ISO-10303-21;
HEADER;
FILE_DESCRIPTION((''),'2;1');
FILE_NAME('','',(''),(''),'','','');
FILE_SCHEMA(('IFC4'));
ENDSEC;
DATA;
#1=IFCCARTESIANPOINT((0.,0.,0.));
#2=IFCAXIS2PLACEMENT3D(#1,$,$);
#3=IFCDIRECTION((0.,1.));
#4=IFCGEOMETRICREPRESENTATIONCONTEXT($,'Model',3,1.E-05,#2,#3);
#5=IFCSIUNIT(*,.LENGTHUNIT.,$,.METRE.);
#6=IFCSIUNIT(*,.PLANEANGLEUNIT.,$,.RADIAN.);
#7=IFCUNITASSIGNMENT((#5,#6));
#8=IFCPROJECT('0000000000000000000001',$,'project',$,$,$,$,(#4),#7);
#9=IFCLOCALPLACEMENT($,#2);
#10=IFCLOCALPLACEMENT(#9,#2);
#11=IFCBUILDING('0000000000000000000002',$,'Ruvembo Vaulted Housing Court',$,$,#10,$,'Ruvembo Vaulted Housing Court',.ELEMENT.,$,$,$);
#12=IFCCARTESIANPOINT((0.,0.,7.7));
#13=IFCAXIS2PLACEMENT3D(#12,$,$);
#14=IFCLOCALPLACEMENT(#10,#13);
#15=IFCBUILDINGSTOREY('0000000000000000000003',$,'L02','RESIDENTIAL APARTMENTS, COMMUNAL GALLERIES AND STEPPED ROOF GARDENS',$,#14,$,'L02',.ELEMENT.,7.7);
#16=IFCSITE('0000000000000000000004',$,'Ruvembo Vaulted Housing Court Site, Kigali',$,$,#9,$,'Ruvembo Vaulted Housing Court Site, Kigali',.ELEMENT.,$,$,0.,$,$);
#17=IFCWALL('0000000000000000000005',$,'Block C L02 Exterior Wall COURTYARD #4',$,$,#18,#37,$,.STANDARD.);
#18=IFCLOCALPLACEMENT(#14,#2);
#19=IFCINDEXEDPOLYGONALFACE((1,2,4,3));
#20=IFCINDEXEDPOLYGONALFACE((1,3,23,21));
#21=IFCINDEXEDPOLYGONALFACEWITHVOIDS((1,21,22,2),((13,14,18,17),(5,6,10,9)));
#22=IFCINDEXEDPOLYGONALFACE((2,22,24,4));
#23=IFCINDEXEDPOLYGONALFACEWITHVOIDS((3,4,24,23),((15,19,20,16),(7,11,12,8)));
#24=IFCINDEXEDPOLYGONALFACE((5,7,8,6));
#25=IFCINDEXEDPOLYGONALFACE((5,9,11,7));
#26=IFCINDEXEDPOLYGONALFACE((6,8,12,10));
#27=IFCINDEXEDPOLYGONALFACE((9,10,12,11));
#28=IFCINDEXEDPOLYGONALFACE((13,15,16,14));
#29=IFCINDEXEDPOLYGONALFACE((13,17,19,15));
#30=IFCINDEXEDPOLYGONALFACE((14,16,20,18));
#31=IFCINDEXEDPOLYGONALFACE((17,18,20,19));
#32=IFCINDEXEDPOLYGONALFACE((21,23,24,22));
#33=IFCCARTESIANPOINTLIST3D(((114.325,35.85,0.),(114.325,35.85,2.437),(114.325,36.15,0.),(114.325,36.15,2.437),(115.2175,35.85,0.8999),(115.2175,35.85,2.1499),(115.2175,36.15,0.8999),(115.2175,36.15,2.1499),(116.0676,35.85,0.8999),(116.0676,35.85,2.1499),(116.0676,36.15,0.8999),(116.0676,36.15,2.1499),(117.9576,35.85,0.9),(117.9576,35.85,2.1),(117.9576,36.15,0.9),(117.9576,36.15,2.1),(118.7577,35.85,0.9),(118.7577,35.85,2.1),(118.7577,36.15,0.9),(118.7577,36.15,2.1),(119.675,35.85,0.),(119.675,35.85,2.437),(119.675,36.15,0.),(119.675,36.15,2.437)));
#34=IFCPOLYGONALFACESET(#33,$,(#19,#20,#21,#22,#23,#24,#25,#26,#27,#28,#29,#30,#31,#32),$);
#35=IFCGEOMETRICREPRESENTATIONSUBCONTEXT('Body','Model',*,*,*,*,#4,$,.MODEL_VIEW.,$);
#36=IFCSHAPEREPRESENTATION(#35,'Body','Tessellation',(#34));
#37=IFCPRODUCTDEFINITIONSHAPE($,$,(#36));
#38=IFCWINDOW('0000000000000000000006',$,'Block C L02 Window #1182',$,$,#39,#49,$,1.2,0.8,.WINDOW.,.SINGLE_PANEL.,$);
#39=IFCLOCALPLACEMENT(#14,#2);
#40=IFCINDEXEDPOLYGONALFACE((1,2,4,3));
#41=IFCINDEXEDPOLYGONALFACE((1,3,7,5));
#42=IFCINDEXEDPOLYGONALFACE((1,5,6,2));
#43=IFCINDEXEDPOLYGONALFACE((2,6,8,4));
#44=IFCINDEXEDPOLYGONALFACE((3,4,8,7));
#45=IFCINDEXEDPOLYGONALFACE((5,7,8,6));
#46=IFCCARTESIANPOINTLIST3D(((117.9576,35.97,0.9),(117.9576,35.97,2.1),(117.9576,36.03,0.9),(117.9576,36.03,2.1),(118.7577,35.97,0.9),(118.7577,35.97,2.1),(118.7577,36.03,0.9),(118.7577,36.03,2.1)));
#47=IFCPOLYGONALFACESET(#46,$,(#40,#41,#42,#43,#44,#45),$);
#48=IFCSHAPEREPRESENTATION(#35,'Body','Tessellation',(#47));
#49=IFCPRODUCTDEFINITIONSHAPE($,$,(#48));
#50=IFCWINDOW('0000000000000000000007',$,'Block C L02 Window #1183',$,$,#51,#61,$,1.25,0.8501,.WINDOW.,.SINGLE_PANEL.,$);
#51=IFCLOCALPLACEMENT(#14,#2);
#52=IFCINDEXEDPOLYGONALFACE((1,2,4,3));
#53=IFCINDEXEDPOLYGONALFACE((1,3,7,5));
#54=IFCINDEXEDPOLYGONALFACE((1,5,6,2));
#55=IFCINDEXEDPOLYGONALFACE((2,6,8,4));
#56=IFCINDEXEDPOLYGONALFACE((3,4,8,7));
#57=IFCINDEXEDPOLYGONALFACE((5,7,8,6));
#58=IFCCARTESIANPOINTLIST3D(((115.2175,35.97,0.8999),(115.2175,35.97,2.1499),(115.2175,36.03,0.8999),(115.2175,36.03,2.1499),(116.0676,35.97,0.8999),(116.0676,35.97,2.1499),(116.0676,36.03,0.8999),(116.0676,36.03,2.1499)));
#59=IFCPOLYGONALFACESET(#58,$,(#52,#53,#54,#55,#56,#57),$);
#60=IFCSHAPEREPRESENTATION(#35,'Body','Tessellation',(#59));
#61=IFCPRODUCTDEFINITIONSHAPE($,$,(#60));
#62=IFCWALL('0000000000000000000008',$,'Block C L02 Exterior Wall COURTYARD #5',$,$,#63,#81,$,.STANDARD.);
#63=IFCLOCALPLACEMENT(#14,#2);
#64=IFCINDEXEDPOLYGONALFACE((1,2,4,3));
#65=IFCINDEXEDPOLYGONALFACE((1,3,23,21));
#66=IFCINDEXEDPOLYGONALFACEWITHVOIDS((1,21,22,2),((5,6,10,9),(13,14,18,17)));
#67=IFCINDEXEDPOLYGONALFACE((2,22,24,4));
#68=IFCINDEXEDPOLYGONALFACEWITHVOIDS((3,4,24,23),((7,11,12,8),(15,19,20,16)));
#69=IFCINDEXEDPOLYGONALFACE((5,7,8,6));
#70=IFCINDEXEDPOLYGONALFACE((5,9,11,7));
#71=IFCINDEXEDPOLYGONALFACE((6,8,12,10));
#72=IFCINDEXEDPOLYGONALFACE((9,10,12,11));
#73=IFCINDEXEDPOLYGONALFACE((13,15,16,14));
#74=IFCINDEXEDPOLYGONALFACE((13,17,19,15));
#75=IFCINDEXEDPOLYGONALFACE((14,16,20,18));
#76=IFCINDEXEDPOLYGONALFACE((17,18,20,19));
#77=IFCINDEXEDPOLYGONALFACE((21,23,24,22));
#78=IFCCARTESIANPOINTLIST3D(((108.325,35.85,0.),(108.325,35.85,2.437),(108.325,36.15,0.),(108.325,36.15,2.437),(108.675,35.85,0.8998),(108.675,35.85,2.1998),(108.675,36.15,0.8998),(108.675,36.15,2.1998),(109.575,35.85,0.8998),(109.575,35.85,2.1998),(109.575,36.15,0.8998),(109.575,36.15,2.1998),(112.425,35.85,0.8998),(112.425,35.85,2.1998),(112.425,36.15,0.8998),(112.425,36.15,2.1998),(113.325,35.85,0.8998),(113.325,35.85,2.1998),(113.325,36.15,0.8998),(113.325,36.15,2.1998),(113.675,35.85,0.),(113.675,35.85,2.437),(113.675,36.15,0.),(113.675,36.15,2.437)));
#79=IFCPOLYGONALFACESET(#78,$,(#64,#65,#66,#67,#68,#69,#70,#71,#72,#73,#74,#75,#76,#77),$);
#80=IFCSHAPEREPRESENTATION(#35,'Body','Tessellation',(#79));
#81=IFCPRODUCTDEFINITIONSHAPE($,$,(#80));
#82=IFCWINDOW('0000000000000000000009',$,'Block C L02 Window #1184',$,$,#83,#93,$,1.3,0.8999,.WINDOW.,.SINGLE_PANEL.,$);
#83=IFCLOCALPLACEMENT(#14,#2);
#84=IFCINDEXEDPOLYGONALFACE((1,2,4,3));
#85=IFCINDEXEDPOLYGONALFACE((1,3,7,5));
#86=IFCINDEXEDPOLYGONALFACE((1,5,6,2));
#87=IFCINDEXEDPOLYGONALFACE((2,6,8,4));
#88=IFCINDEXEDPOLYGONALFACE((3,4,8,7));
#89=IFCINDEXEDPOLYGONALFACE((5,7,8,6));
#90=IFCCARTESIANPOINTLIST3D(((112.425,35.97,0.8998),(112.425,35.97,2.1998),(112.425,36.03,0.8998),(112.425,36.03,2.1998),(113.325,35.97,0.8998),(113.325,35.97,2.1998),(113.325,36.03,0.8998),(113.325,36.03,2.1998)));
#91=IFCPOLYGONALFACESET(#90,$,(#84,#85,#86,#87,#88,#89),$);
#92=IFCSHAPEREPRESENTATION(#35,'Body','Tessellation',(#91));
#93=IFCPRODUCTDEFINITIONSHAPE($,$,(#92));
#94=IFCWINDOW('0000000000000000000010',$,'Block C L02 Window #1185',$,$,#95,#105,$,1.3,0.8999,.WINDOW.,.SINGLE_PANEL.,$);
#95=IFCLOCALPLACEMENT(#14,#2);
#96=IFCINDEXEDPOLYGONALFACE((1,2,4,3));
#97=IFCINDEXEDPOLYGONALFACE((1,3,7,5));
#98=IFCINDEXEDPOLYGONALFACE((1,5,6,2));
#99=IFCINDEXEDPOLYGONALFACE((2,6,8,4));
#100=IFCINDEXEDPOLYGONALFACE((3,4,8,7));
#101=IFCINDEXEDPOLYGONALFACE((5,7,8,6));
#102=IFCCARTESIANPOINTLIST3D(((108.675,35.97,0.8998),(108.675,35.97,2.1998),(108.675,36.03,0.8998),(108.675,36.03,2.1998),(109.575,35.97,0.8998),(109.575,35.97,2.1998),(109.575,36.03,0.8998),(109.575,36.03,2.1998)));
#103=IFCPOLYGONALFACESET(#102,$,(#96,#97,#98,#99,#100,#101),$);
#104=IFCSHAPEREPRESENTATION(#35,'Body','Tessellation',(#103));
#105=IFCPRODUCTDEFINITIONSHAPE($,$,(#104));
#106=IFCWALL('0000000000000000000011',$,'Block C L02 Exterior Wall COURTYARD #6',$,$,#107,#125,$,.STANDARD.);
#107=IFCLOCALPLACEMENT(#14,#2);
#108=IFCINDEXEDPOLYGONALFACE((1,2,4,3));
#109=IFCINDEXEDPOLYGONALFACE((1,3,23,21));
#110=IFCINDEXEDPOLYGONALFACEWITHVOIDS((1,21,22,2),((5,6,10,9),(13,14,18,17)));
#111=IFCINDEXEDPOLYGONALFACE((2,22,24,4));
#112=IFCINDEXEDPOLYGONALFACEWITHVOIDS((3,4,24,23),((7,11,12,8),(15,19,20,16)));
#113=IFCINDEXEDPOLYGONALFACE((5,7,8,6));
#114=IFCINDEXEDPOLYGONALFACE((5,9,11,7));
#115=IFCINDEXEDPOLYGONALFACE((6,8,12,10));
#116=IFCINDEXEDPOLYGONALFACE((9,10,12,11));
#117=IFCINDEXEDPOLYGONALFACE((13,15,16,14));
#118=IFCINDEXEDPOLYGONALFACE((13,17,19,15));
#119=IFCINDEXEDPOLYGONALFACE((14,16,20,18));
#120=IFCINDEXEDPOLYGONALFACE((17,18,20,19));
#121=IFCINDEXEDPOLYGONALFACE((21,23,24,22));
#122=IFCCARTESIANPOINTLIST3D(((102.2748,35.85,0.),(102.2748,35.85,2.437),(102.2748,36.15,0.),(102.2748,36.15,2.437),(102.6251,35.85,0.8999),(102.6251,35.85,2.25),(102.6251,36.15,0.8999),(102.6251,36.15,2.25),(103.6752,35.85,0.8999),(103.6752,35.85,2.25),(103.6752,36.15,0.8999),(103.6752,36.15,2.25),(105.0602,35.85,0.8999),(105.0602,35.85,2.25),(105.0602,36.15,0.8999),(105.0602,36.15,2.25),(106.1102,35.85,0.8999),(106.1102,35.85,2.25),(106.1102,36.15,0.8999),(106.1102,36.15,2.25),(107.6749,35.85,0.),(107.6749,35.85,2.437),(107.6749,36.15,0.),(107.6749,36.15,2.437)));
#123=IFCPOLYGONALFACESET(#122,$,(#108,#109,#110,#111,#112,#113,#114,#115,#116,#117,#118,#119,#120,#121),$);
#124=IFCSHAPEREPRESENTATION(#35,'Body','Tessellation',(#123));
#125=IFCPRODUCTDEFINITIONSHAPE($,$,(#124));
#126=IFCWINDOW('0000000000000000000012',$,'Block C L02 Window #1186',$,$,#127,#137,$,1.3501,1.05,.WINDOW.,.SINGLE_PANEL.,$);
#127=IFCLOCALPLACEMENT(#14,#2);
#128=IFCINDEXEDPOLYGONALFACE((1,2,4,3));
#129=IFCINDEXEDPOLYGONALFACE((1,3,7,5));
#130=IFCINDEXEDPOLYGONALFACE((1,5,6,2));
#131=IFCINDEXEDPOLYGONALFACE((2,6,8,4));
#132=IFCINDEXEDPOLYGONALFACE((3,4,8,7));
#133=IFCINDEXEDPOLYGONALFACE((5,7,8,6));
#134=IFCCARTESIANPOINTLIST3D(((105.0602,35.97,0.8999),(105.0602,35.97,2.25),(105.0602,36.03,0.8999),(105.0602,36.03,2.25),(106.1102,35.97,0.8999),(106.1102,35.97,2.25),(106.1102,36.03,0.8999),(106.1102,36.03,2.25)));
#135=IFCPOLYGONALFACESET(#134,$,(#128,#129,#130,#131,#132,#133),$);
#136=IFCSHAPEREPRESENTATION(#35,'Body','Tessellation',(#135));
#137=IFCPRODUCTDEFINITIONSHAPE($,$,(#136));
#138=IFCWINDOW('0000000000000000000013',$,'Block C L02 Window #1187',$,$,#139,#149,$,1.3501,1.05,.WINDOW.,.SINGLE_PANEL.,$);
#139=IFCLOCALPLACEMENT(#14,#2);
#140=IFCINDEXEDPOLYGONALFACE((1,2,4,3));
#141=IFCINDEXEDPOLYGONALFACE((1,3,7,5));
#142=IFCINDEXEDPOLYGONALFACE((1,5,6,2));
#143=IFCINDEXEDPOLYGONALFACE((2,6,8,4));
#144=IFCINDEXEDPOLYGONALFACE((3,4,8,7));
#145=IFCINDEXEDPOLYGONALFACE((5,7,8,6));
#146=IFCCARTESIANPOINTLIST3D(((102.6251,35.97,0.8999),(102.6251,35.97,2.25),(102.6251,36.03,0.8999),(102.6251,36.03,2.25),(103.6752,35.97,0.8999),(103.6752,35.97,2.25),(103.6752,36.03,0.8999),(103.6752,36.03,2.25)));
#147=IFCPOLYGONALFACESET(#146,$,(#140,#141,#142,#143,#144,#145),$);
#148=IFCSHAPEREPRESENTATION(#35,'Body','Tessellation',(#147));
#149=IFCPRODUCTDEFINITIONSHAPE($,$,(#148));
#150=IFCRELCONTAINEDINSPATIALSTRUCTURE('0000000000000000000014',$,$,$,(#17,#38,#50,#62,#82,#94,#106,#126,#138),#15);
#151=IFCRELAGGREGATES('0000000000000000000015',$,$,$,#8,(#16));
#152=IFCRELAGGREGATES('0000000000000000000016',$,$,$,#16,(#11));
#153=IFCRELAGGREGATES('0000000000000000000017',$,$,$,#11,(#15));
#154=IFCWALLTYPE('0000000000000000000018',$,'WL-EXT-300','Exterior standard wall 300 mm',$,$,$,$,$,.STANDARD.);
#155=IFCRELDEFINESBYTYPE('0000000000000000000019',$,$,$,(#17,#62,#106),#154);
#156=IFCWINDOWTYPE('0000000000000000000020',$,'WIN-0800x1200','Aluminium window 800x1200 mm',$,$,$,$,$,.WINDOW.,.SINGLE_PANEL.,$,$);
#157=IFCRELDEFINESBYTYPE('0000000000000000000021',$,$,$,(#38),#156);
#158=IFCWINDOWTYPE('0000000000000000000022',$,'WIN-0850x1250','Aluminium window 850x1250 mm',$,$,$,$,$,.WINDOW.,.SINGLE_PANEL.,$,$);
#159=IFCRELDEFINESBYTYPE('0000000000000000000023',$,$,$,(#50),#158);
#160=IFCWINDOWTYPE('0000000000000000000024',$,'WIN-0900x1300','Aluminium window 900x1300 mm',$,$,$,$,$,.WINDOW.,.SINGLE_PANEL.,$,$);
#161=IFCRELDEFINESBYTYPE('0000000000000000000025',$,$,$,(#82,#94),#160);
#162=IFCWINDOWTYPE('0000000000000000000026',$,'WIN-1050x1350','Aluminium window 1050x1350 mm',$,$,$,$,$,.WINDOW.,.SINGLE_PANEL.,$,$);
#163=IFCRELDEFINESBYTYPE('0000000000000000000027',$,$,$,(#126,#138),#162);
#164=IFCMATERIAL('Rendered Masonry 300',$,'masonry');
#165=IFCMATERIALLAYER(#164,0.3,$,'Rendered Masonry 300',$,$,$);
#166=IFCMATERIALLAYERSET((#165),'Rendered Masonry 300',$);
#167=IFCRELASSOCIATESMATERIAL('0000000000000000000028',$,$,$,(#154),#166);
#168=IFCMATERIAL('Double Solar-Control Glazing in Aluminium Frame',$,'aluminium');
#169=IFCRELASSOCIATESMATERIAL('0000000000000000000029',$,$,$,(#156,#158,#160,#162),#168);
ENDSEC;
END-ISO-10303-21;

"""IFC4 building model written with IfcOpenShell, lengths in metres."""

from ifc_helpers import new_model, si_unit, direction, frame, frame_2d, origin, place, context, subcontext, project, spatial, rectangle, extrude, material, layer, layer_set, type_object, element, fill, save


model = new_model("IFC4")

# Units and contexts
model_context = context("Model", 3, precision=1e-05, world=origin(), true_north=direction((0.0, 1.0)))
body_context = subcontext(model_context, "Body", "Model", "MODEL_VIEW")
ifc_project = project(units=[si_unit("LENGTHUNIT", "METRE"), si_unit("PLANEANGLEUNIT", "RADIAN")], contexts=[model_context])

# Site, building, storey
site_placement = place(None, origin())
site = spatial("IfcSite", under=ifc_project, at=site_placement, Name="Ruvembo Vaulted Housing Court Site, Kigali", LongName="Ruvembo Vaulted Housing Court Site, Kigali", CompositionType="ELEMENT", RefElevation=0.0)
building_placement = place(site_placement, origin())
building = spatial("IfcBuilding", under=site, at=building_placement, Name="Ruvembo Vaulted Housing Court", LongName="Ruvembo Vaulted Housing Court", CompositionType="ELEMENT")
storey_placement = place(building_placement, frame((0.0, 0.0, 7.7)))
storey = spatial("IfcBuildingStorey", under=building, at=storey_placement, Name="L02", Description="RESIDENTIAL APARTMENTS, COMMUNAL GALLERIES AND STEPPED ROOF GARDENS", LongName="L02", CompositionType="ELEMENT", Elevation=7.7)

# Walls, openings, windows
ifc_material_1 = material(Name="Rendered Masonry 300", Category="masonry")
ifc_layer_1 = layer(ifc_material_1, 0.3, Name="Rendered Masonry 300")
ifc_layer_set_1 = layer_set([ifc_layer_1], Name="Rendered Masonry 300")
wall_type_1 = type_object("IfcWallType", Name="WL-EXT-300", Description="Exterior standard wall 300 mm", PredefinedType="STANDARD", material=ifc_layer_set_1)
wall_1_placement = place(storey_placement, frame((119.675, 36.0, 0.0), z_axis=(0.0, 0.0, 1.0), x_axis=(-1.0, 0.0, 0.0)))
wall_1 = element("IfcWall", 1, at=wall_1_placement, inside=storey, type_object=wall_type_1, Name="Block C L02 Exterior Wall COURTYARD #4", PredefinedType="STANDARD", context=body_context, shape_type="SweptSolid", body=[
    extrude(rectangle(XDim=5.3501, YDim=0.3, at=frame_2d((2.675, 0.0))), origin(), (0.0, 0.0, 1.0), 2.437),
])
opening_1_placement = place(wall_1_placement, frame((0.9175, 0.0, 0.8999)))
opening_1 = element("IfcOpeningElement", 2, at=opening_1_placement, cuts=wall_1, PredefinedType="OPENING", context=body_context, shape_type="SweptSolid", body=[
    extrude(rectangle(XDim=0.8, YDim=1.2, at=frame_2d((0.3999, 0.6001))), frame((0.0, 0.1599, 0.0), z_axis=(0.0, -1.0, 0.0), x_axis=(1.0, 0.0, 0.0)), (0.0, 0.0, 1.0), 0.3201),
])
opening_2_placement = place(wall_1_placement, frame((3.6074, 0.0, 0.8999)))
opening_2 = element("IfcOpeningElement", 3, at=opening_2_placement, cuts=wall_1, PredefinedType="OPENING", context=body_context, shape_type="SweptSolid", body=[
    extrude(rectangle(XDim=0.8501, YDim=1.25, at=frame_2d((0.425, 0.625))), frame((0.0, 0.1599, 0.0), z_axis=(0.0, -1.0, 0.0), x_axis=(1.0, 0.0, 0.0)), (0.0, 0.0, 1.0), 0.3201),
])
ifc_material_2 = material(Name="Double Solar-Control Glazing in Aluminium Frame", Category="aluminium")
window_type_1 = type_object("IfcWindowType", Name="WIN-0800x1200", Description="Aluminium window 800x1200 mm", PartitioningType="SINGLE_PANEL", PredefinedType="WINDOW", material=ifc_material_2)
window_1_placement = place(opening_1_placement, origin())
window_1 = element("IfcWindow", 4, at=window_1_placement, inside=storey, type_object=window_type_1, Name="Block C L02 Window #1182", OverallHeight=1.2, OverallWidth=0.8, PartitioningType="SINGLE_PANEL", PredefinedType="WINDOW", context=body_context, shape_type="SweptSolid", body=[
    extrude(rectangle(XDim=0.8, YDim=1.2, at=frame_2d((0.3999, 0.6001))), frame((0.0, 0.03, 0.0), z_axis=(0.0, -1.0, 0.0), x_axis=(1.0, 0.0, 0.0)), (0.0, 0.0, 1.0), 0.0601),
])
fill(opening_1, window_1)
window_type_2 = type_object("IfcWindowType", Name="WIN-0850x1250", Description="Aluminium window 850x1250 mm", PartitioningType="SINGLE_PANEL", PredefinedType="WINDOW", material=ifc_material_2)
window_2_placement = place(opening_2_placement, origin())
window_2 = element("IfcWindow", 5, at=window_2_placement, inside=storey, type_object=window_type_2, Name="Block C L02 Window #1183", OverallHeight=1.25, OverallWidth=0.8501, PartitioningType="SINGLE_PANEL", PredefinedType="WINDOW", context=body_context, shape_type="SweptSolid", body=[
    extrude(rectangle(XDim=0.8501, YDim=1.25, at=frame_2d((0.425, 0.625))), frame((0.0, 0.03, 0.0), z_axis=(0.0, -1.0, 0.0), x_axis=(1.0, 0.0, 0.0)), (0.0, 0.0, 1.0), 0.0601),
])
fill(opening_2, window_2)
wall_2_placement = place(storey_placement, frame((113.675, 36.0, 0.0), z_axis=(0.0, 0.0, 1.0), x_axis=(-1.0, 0.0, 0.0)))
wall_2 = element("IfcWall", 6, at=wall_2_placement, inside=storey, type_object=wall_type_1, Name="Block C L02 Exterior Wall COURTYARD #5", PredefinedType="STANDARD", context=body_context, shape_type="SweptSolid", body=[
    extrude(rectangle(XDim=5.3501, YDim=0.3, at=frame_2d((2.675, 0.0))), origin(), (0.0, 0.0, 1.0), 2.437),
])
opening_3_placement = place(wall_2_placement, frame((0.3501, 0.0, 0.8999)))
opening_3 = element("IfcOpeningElement", 7, at=opening_3_placement, cuts=wall_2, PredefinedType="OPENING", context=body_context, shape_type="SweptSolid", body=[
    extrude(rectangle(XDim=0.8999, YDim=1.3, at=frame_2d((0.45, 0.6499))), frame((0.0, 0.1599, 0.0), z_axis=(0.0, -1.0, 0.0), x_axis=(1.0, 0.0, 0.0)), (0.0, 0.0, 1.0), 0.3201),
])
opening_4_placement = place(wall_2_placement, frame((4.1001, 0.0, 0.8999)))
opening_4 = element("IfcOpeningElement", 8, at=opening_4_placement, cuts=wall_2, PredefinedType="OPENING", context=body_context, shape_type="SweptSolid", body=[
    extrude(rectangle(XDim=0.8999, YDim=1.3, at=frame_2d((0.45, 0.6499))), frame((0.0, 0.1599, 0.0), z_axis=(0.0, -1.0, 0.0), x_axis=(1.0, 0.0, 0.0)), (0.0, 0.0, 1.0), 0.3201),
])
window_type_3 = type_object("IfcWindowType", Name="WIN-0900x1300", Description="Aluminium window 900x1300 mm", PartitioningType="SINGLE_PANEL", PredefinedType="WINDOW", material=ifc_material_2)
window_3_placement = place(opening_3_placement, origin())
window_3 = element("IfcWindow", 9, at=window_3_placement, inside=storey, type_object=window_type_3, Name="Block C L02 Window #1184", OverallHeight=1.3, OverallWidth=0.8999, PartitioningType="SINGLE_PANEL", PredefinedType="WINDOW", context=body_context, shape_type="SweptSolid", body=[
    extrude(rectangle(XDim=0.8999, YDim=1.3, at=frame_2d((0.45, 0.6499))), frame((0.0, 0.03, 0.0), z_axis=(0.0, -1.0, 0.0), x_axis=(1.0, 0.0, 0.0)), (0.0, 0.0, 1.0), 0.0601),
])
fill(opening_3, window_3)
window_4_placement = place(opening_4_placement, origin())
window_4 = element("IfcWindow", 10, at=window_4_placement, inside=storey, type_object=window_type_3, Name="Block C L02 Window #1185", OverallHeight=1.3, OverallWidth=0.8999, PartitioningType="SINGLE_PANEL", PredefinedType="WINDOW", context=body_context, shape_type="SweptSolid", body=[
    extrude(rectangle(XDim=0.8999, YDim=1.3, at=frame_2d((0.45, 0.6499))), frame((0.0, 0.03, 0.0), z_axis=(0.0, -1.0, 0.0), x_axis=(1.0, 0.0, 0.0)), (0.0, 0.0, 1.0), 0.0601),
])
fill(opening_4, window_4)
wall_3_placement = place(storey_placement, frame((107.675, 36.0, 0.0), z_axis=(0.0, 0.0, 1.0), x_axis=(-1.0, 0.0, 0.0)))
wall_3 = element("IfcWall", 11, at=wall_3_placement, inside=storey, type_object=wall_type_1, Name="Block C L02 Exterior Wall COURTYARD #6", PredefinedType="STANDARD", context=body_context, shape_type="SweptSolid", body=[
    extrude(rectangle(XDim=5.4001, YDim=0.3, at=frame_2d((2.7002, 0.0))), origin(), (0.0, 0.0, 1.0), 2.437),
])
opening_5_placement = place(wall_3_placement, frame((1.5649, 0.0, 0.8999)))
opening_5 = element("IfcOpeningElement", 12, at=opening_5_placement, cuts=wall_3, PredefinedType="OPENING", context=body_context, shape_type="SweptSolid", body=[
    extrude(rectangle(XDim=1.05, YDim=1.3501, at=frame_2d((0.5249, 0.675))), frame((0.0, 0.1599, 0.0), z_axis=(0.0, -1.0, 0.0), x_axis=(1.0, 0.0, 0.0)), (0.0, 0.0, 1.0), 0.3201),
])
opening_6_placement = place(wall_3_placement, frame((4.0, 0.0, 0.8999)))
opening_6 = element("IfcOpeningElement", 13, at=opening_6_placement, cuts=wall_3, PredefinedType="OPENING", context=body_context, shape_type="SweptSolid", body=[
    extrude(rectangle(XDim=1.05, YDim=1.3501, at=frame_2d((0.5249, 0.675))), frame((0.0, 0.1599, 0.0), z_axis=(0.0, -1.0, 0.0), x_axis=(1.0, 0.0, 0.0)), (0.0, 0.0, 1.0), 0.3201),
])
window_type_4 = type_object("IfcWindowType", Name="WIN-1050x1350", Description="Aluminium window 1050x1350 mm", PartitioningType="SINGLE_PANEL", PredefinedType="WINDOW", material=ifc_material_2)
window_5_placement = place(opening_5_placement, origin())
window_5 = element("IfcWindow", 14, at=window_5_placement, inside=storey, type_object=window_type_4, Name="Block C L02 Window #1186", OverallHeight=1.3501, OverallWidth=1.05, PartitioningType="SINGLE_PANEL", PredefinedType="WINDOW", context=body_context, shape_type="SweptSolid", body=[
    extrude(rectangle(XDim=1.05, YDim=1.3501, at=frame_2d((0.5249, 0.675))), frame((0.0, 0.03, 0.0), z_axis=(0.0, -1.0, 0.0), x_axis=(1.0, 0.0, 0.0)), (0.0, 0.0, 1.0), 0.0601),
])
fill(opening_5, window_5)
window_6_placement = place(opening_6_placement, origin())
window_6 = element("IfcWindow", 15, at=window_6_placement, inside=storey, type_object=window_type_4, Name="Block C L02 Window #1187", OverallHeight=1.3501, OverallWidth=1.05, PartitioningType="SINGLE_PANEL", PredefinedType="WINDOW", context=body_context, shape_type="SweptSolid", body=[
    extrude(rectangle(XDim=1.05, YDim=1.3501, at=frame_2d((0.5249, 0.675))), frame((0.0, 0.03, 0.0), z_axis=(0.0, -1.0, 0.0), x_axis=(1.0, 0.0, 0.0)), (0.0, 0.0, 1.0), 0.0601),
])
fill(opening_6, window_6)

save(model, "model.ifc")
